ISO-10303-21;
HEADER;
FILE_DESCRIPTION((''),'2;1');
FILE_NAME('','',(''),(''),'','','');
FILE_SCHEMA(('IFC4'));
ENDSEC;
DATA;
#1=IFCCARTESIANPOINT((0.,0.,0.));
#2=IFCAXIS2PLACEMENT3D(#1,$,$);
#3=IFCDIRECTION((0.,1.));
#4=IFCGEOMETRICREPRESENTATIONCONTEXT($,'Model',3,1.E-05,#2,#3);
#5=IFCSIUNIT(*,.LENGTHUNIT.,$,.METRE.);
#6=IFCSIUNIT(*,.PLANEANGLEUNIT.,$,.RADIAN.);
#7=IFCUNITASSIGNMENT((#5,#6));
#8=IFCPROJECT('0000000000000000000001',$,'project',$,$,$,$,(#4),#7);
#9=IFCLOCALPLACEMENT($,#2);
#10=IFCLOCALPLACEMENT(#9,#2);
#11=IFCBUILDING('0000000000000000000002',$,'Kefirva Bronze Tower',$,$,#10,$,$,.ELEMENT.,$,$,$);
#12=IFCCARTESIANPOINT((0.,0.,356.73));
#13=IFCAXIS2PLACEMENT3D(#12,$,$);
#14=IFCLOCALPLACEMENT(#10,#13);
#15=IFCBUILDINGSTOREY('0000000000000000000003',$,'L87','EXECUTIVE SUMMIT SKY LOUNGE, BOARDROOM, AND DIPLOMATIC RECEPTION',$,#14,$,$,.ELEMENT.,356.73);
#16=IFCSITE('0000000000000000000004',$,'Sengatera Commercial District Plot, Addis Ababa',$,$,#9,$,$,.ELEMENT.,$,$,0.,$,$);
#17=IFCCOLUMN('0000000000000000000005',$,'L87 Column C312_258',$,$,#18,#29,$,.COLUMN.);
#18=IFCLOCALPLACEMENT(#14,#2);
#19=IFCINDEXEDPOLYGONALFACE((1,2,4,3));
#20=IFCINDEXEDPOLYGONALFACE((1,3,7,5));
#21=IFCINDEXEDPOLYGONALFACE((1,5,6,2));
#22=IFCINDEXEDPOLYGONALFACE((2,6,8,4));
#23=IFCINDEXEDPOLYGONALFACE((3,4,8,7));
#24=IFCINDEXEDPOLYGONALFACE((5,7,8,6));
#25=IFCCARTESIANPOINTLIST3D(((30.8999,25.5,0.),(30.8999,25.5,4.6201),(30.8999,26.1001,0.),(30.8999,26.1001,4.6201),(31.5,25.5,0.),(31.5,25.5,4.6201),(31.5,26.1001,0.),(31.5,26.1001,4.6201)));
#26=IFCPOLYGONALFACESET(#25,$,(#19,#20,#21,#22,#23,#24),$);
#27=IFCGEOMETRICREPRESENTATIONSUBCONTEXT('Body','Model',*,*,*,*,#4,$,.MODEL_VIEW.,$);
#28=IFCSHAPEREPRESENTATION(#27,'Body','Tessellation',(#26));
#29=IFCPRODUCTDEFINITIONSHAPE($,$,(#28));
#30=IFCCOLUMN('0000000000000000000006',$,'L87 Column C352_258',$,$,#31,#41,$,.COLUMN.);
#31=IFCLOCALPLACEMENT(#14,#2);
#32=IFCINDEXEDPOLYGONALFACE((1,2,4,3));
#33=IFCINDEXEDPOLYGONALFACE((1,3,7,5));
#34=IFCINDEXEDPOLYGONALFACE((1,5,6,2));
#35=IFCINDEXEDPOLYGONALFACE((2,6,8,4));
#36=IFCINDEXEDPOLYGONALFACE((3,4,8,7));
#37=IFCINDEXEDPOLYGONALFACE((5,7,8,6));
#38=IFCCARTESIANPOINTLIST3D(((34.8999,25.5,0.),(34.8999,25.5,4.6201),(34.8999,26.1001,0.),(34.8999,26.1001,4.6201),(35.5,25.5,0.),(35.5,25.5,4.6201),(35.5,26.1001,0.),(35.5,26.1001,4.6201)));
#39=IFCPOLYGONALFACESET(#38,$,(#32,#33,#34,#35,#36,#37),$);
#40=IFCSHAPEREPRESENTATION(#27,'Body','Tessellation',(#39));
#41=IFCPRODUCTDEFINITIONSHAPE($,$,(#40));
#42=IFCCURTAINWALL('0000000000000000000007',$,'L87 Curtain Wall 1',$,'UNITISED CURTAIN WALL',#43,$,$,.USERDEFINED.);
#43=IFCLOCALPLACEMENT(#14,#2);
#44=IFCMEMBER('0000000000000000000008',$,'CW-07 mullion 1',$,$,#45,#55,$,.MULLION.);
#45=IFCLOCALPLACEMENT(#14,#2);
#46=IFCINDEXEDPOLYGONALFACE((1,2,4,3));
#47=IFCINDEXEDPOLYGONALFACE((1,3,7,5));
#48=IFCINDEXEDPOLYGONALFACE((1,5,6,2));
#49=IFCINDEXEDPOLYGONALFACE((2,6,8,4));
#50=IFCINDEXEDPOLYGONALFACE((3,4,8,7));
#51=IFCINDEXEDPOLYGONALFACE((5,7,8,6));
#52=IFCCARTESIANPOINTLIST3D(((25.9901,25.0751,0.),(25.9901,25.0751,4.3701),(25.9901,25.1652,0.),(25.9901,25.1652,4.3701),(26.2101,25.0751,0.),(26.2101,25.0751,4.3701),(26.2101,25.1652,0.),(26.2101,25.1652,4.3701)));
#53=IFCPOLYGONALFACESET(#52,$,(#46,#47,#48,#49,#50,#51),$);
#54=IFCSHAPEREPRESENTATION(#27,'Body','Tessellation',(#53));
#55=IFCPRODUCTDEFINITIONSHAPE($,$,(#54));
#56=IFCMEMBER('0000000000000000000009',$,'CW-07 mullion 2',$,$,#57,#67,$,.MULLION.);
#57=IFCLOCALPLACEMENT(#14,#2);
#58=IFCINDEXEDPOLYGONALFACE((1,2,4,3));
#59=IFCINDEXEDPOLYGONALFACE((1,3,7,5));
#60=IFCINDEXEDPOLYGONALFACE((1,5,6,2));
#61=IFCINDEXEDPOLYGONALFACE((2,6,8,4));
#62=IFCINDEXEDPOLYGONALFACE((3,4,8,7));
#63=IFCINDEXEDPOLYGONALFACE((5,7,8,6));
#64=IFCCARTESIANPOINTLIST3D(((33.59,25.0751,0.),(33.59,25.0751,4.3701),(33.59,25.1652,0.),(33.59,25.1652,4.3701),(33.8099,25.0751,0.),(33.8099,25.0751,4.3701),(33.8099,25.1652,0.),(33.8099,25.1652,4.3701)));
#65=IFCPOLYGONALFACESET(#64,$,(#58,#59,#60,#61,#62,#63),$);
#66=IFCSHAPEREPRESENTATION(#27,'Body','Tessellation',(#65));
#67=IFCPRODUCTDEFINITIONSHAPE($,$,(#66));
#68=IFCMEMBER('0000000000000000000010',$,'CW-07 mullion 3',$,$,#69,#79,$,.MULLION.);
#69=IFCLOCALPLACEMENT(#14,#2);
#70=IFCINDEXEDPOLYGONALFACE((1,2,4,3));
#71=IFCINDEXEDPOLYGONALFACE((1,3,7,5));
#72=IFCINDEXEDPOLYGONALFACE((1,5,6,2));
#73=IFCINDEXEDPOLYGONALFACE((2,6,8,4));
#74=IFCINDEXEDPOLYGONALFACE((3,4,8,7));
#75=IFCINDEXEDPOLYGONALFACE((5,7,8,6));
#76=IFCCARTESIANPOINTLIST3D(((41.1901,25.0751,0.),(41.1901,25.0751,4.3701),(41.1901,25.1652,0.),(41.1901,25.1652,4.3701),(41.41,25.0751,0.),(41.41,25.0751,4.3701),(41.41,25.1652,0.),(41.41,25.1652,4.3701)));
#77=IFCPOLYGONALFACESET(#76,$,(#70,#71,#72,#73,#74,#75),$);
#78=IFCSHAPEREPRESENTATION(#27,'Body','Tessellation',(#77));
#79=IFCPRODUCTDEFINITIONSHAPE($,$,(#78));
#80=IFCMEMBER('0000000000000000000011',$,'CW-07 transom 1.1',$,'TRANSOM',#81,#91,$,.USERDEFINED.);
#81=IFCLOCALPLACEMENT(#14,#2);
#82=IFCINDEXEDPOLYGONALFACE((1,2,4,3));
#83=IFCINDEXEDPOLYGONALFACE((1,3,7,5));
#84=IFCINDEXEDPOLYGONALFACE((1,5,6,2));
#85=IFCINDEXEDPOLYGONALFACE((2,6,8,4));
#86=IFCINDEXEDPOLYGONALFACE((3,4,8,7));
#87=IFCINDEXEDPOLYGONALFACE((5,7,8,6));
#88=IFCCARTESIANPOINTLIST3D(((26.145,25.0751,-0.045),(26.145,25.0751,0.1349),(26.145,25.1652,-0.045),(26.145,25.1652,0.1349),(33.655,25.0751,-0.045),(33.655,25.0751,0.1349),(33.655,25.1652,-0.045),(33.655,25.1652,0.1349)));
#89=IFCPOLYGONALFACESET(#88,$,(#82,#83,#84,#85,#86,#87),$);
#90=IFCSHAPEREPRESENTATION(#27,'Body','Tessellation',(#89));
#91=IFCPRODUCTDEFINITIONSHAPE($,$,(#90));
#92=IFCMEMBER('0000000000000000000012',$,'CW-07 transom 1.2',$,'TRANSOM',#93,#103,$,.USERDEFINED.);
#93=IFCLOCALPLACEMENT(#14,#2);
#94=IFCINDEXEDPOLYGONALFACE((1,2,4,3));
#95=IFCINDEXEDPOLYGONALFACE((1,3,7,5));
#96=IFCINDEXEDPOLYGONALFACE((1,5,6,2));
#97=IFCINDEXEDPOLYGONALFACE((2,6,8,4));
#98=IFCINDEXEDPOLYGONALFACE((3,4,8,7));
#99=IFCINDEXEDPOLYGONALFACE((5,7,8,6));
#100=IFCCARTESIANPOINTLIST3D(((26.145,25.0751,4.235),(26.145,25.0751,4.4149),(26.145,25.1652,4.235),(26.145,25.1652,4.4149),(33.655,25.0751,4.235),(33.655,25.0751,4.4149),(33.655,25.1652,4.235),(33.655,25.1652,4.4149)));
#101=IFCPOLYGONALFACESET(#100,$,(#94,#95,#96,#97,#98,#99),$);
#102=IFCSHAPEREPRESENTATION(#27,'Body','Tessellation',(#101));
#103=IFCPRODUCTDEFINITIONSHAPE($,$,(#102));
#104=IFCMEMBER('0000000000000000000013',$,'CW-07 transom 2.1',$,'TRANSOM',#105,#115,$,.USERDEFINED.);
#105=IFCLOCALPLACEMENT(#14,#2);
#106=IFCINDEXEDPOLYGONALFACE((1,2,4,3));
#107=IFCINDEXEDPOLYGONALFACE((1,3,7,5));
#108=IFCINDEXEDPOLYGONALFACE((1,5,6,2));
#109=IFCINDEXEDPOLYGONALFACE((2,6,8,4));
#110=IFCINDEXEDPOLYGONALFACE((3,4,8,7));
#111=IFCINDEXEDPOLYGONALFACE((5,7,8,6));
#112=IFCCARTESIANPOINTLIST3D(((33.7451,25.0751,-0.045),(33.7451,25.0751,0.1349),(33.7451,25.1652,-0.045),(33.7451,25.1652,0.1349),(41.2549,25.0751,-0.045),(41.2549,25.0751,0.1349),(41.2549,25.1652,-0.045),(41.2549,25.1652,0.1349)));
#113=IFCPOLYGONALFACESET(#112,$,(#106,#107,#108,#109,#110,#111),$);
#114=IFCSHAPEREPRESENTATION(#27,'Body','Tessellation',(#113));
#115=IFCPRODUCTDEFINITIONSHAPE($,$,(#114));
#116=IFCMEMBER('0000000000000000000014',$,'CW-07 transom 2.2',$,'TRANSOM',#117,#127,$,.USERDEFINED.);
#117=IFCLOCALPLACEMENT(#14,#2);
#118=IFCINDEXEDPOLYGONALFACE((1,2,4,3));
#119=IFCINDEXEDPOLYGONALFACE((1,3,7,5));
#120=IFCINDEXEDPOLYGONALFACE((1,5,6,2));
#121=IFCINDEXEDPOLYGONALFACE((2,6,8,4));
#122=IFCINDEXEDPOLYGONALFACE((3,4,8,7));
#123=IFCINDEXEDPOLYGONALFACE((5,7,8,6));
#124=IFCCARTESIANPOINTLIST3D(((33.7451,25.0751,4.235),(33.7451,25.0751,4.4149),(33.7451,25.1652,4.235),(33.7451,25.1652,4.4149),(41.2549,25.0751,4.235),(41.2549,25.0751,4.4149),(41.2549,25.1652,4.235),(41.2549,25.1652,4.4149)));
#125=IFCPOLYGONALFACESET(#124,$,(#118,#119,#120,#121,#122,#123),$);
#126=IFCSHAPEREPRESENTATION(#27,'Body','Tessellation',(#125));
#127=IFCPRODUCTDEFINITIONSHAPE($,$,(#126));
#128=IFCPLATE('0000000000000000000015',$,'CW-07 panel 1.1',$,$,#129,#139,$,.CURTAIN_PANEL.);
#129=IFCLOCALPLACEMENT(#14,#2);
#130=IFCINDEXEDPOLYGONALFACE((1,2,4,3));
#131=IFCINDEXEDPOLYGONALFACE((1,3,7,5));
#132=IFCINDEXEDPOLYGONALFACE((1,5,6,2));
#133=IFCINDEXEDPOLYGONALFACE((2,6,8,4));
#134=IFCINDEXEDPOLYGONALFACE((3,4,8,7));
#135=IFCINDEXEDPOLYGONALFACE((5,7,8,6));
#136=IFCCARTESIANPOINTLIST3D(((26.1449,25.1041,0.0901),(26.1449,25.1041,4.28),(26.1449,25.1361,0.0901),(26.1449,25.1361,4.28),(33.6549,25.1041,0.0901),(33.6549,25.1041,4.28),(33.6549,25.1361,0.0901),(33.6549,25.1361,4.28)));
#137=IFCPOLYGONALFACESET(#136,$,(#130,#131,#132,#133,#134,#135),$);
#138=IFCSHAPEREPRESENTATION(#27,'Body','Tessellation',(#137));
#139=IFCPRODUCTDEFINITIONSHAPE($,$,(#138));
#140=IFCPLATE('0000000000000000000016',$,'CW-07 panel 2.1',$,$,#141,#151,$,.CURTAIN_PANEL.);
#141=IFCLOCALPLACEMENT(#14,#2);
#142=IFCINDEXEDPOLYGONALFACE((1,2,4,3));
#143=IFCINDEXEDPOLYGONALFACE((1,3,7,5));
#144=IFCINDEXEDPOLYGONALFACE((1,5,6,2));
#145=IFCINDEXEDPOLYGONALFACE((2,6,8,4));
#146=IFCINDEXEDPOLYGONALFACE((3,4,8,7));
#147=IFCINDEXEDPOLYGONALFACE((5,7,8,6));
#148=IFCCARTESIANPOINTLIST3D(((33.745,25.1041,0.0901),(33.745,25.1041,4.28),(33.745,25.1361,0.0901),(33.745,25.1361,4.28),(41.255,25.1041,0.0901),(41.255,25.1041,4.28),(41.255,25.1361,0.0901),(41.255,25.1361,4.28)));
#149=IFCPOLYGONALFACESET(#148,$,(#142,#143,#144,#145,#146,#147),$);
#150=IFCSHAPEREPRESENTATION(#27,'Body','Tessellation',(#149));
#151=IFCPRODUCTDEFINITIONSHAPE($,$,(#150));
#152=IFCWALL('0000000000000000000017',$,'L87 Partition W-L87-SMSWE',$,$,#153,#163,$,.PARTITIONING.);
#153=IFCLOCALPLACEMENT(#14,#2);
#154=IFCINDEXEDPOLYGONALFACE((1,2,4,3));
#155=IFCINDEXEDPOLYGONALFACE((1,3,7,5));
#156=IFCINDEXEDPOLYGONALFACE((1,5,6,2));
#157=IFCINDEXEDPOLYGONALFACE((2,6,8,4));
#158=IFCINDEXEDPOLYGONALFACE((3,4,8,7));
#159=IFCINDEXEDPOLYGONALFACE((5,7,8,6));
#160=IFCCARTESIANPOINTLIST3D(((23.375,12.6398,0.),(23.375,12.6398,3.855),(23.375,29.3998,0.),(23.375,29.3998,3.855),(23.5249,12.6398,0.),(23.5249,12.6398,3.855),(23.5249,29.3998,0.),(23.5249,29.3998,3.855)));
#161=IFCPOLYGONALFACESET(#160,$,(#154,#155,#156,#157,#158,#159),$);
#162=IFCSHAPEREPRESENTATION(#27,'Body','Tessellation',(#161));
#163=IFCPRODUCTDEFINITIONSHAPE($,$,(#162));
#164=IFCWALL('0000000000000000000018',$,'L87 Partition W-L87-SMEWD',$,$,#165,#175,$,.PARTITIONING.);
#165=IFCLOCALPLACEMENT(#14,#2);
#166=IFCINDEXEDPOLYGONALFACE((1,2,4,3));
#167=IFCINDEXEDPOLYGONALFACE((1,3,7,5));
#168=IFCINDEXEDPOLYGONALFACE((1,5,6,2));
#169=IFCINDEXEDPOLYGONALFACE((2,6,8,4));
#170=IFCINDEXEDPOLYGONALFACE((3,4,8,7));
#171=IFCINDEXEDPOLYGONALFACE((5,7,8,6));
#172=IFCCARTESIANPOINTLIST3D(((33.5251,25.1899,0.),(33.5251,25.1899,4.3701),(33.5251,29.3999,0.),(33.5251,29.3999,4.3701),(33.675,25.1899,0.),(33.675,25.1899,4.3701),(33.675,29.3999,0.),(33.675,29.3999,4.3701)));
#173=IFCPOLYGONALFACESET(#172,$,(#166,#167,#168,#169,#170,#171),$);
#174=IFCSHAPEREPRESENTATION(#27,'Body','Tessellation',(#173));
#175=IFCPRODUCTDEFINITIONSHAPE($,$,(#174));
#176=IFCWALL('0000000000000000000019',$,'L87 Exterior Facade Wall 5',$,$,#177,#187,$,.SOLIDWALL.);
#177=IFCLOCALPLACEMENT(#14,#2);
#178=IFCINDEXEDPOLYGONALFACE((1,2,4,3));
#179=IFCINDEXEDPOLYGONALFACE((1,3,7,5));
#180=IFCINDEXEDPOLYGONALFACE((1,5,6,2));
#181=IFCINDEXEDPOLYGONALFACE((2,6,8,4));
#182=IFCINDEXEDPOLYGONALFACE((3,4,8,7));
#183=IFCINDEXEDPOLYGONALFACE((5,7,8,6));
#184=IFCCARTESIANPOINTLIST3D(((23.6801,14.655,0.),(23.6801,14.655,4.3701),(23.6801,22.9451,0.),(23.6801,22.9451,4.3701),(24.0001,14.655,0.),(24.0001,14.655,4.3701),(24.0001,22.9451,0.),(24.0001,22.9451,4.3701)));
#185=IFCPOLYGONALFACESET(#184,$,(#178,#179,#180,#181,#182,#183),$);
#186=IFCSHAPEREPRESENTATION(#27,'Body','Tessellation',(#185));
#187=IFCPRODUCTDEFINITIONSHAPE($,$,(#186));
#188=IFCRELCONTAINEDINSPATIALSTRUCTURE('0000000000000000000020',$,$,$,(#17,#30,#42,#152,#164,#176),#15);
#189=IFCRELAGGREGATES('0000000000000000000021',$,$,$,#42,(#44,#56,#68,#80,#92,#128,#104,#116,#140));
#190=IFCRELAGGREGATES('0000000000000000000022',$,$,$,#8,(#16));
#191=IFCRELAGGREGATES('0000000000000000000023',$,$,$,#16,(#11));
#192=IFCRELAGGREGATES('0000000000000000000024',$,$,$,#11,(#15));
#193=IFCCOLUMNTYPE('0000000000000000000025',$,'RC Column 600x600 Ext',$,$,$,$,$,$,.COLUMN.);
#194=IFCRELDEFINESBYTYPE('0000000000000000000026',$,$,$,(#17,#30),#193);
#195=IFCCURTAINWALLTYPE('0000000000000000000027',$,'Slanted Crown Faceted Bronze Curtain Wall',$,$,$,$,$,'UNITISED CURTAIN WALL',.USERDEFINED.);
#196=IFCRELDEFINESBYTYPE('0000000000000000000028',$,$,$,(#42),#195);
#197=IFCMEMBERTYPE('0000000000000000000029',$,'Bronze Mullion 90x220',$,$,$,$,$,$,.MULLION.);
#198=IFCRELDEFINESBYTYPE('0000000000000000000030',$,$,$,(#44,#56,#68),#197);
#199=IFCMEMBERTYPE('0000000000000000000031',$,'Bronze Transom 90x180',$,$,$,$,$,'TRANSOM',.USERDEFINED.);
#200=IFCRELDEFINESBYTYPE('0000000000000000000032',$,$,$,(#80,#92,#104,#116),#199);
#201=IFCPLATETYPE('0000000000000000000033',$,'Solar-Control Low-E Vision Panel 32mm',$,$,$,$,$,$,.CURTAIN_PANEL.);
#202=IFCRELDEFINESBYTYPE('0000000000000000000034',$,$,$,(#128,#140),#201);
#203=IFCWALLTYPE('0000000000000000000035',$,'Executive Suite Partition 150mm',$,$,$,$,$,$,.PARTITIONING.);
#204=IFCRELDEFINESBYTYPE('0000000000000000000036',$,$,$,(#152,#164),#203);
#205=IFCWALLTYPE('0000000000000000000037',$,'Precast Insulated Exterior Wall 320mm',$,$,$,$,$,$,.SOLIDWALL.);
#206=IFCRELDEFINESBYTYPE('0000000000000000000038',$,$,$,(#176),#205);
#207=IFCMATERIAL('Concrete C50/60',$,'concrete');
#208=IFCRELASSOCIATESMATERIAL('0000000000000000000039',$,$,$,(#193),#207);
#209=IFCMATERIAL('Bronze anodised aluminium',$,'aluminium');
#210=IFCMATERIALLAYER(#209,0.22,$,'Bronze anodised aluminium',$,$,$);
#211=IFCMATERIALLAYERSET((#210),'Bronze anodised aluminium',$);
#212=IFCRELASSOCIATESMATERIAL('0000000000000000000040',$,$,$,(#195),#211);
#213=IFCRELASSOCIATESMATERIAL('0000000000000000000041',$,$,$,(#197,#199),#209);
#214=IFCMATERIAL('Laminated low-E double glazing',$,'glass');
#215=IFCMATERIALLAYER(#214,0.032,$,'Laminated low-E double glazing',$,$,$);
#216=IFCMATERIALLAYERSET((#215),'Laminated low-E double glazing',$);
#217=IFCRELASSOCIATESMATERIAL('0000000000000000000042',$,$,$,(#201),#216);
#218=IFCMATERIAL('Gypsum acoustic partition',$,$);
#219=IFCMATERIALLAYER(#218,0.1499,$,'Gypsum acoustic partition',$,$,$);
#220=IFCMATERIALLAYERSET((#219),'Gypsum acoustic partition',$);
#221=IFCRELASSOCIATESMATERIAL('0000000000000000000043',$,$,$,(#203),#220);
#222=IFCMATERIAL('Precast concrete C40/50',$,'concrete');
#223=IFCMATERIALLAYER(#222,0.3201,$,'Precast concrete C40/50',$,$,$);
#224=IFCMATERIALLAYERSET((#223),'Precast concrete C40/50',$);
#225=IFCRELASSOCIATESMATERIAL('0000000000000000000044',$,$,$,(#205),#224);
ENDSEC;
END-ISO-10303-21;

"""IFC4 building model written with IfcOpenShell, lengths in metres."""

from ifc_helpers import new_model, si_unit, direction, frame, frame_2d, origin, origin_2d, place, context, subcontext, project, spatial, rectangle, extrude, material, layer, layer_set, material_profile, profile_set, type_object, element, aggregate, save


model = new_model("IFC4")

# Units and contexts
model_context = context("Model", 3, precision=1e-05, world=origin(), true_north=direction((0.0, 1.0)))
body_context = subcontext(model_context, "Body", "Model", "MODEL_VIEW")
ifc_project = project(units=[si_unit("LENGTHUNIT", "METRE"), si_unit("PLANEANGLEUNIT", "RADIAN")], contexts=[model_context])

# Site, building, storey
site_placement = place(None, origin())
site = spatial("IfcSite", under=ifc_project, at=site_placement, Name="Sengatera Commercial District Plot, Addis Ababa", CompositionType="ELEMENT", RefElevation=0.0)
building_placement = place(site_placement, origin())
building = spatial("IfcBuilding", under=site, at=building_placement, Name="Kefirva Bronze Tower", CompositionType="ELEMENT")
storey_placement = place(building_placement, frame((0.0, 0.0, 356.73)))
storey = spatial("IfcBuildingStorey", under=building, at=storey_placement, Name="L87", Description="EXECUTIVE SUMMIT SKY LOUNGE, BOARDROOM, AND DIPLOMATIC RECEPTION", CompositionType="ELEMENT", Elevation=356.73)

# Columns
ifc_material_1 = material(Name="Concrete C50/60", Category="concrete")
ifc_material_profile_1 = material_profile(ifc_material_1, rectangle(XDim=0.6001, YDim=0.6001, at=origin_2d()), Name="RC 600x600")
ifc_profile_set_1 = profile_set([ifc_material_profile_1], Name="Concrete C50/60")
column_type = type_object("IfcColumnType", Name="RC Column 600x600 Ext", PredefinedType="COLUMN", material=ifc_profile_set_1)
for number, where, z_axis, x_axis, name in (
    (1, (31.2, 25.8, 0.0), (0.0, 0.0, 1.0), (1.0, 0.0, 0.0), "L87 Column C312_258"),
    (2, (35.2, 25.8, 0.0), (0.0, 0.0, 1.0), (1.0, 0.0, 0.0), "L87 Column C352_258"),
):
    element("IfcColumn", number, at=place(storey_placement, frame(where, z_axis=z_axis, x_axis=x_axis)), inside=storey, type_object=column_type, Name=name, PredefinedType="COLUMN", context=body_context, shape_type="SweptSolid", body=[
        extrude(rectangle(XDim=0.6001, YDim=0.6001, at=origin_2d()), origin(), (0.0, 0.0, 1.0), 4.6201),
    ])

# Curtain wall, members, plates
ifc_material_2 = material(Name="Bronze anodised aluminium", Category="aluminium")
ifc_layer_1 = layer(ifc_material_2, 0.22, Name="Bronze anodised aluminium")
ifc_layer_set_1 = layer_set([ifc_layer_1], Name="Bronze anodised aluminium")
curtain_wall_type = type_object("IfcCurtainWallType", Name="Slanted Crown Faceted Bronze Curtain Wall", ElementType="UNITISED CURTAIN WALL", PredefinedType="USERDEFINED", material=ifc_layer_set_1)
curtain_wall_placement = place(storey_placement, origin())
curtain_wall = element("IfcCurtainWall", 3, at=curtain_wall_placement, inside=storey, type_object=curtain_wall_type, Name="L87 Curtain Wall 1", ObjectType="UNITISED CURTAIN WALL", PredefinedType="USERDEFINED")
ifc_material_profile_2 = material_profile(ifc_material_2, rectangle(XDim=0.0901, YDim=0.22, at=origin_2d()), Name="ALU 90x220")
ifc_profile_set_2 = profile_set([ifc_material_profile_2], Name="Bronze anodised aluminium")
member_type_1 = type_object("IfcMemberType", Name="Bronze Mullion 90x220", PredefinedType="MULLION", material=ifc_profile_set_2)
member_1_placement = place(storey_placement, frame((26.1001, 25.1201, 0.0), z_axis=(0.0, 0.0, 1.0), x_axis=(0.0, 1.0, 0.0)))
member_1 = element("IfcMember", 4, at=member_1_placement, type_object=member_type_1, Name="CW-07 mullion 1", PredefinedType="MULLION", context=body_context, shape_type="SweptSolid", body=[
    extrude(rectangle(XDim=0.0901, YDim=0.22, at=origin_2d()), origin(), (0.0, 0.0, 1.0), 4.3701),
])
member_2_placement = place(storey_placement, frame((33.7, 25.1201, 0.0), z_axis=(0.0, 0.0, 1.0), x_axis=(0.0, 1.0, 0.0)))
member_2 = element("IfcMember", 5, at=member_2_placement, type_object=member_type_1, Name="CW-07 mullion 2", PredefinedType="MULLION", context=body_context, shape_type="SweptSolid", body=[
    extrude(rectangle(XDim=0.0901, YDim=0.22, at=origin_2d()), origin(), (0.0, 0.0, 1.0), 4.3701),
])
member_3_placement = place(storey_placement, frame((41.3, 25.1201, 0.0), z_axis=(0.0, 0.0, 1.0), x_axis=(0.0, 1.0, 0.0)))
member_3 = element("IfcMember", 6, at=member_3_placement, type_object=member_type_1, Name="CW-07 mullion 3", PredefinedType="MULLION", context=body_context, shape_type="SweptSolid", body=[
    extrude(rectangle(XDim=0.0901, YDim=0.22, at=origin_2d()), origin(), (0.0, 0.0, 1.0), 4.3701),
])
ifc_material_profile_3 = material_profile(ifc_material_2, rectangle(XDim=0.0901, YDim=0.1799, at=origin_2d()), Name="ALU 90x180")
ifc_profile_set_3 = profile_set([ifc_material_profile_3], Name="Bronze anodised aluminium")
member_type_2 = type_object("IfcMemberType", Name="Bronze Transom 90x180", ElementType="TRANSOM", PredefinedType="USERDEFINED", material=ifc_profile_set_3)
member_4_placement = place(storey_placement, frame((26.145, 25.1201, 0.0449), z_axis=(1.0, 0.0, 0.0), x_axis=(0.0, 1.0, 0.0)))
member_4 = element("IfcMember", 7, at=member_4_placement, type_object=member_type_2, Name="CW-07 transom 1.1", ObjectType="TRANSOM", PredefinedType="USERDEFINED", context=body_context, shape_type="SweptSolid", body=[
    extrude(rectangle(XDim=0.0901, YDim=0.1799, at=origin_2d()), origin(), (0.0, 0.0, 1.0), 7.51),
])
member_5_placement = place(storey_placement, frame((26.145, 25.1201, 4.325), z_axis=(1.0, 0.0, 0.0), x_axis=(0.0, 1.0, 0.0)))
member_5 = element("IfcMember", 8, at=member_5_placement, type_object=member_type_2, Name="CW-07 transom 1.2", ObjectType="TRANSOM", PredefinedType="USERDEFINED", context=body_context, shape_type="SweptSolid", body=[
    extrude(rectangle(XDim=0.0901, YDim=0.1799, at=origin_2d()), origin(), (0.0, 0.0, 1.0), 7.51),
])
member_6_placement = place(storey_placement, frame((33.7451, 25.1201, 0.0449), z_axis=(1.0, 0.0, 0.0), x_axis=(0.0, 1.0, 0.0)))
member_6 = element("IfcMember", 9, at=member_6_placement, type_object=member_type_2, Name="CW-07 transom 2.1", ObjectType="TRANSOM", PredefinedType="USERDEFINED", context=body_context, shape_type="SweptSolid", body=[
    extrude(rectangle(XDim=0.0901, YDim=0.1799, at=origin_2d()), origin(), (0.0, 0.0, 1.0), 7.5098),
])
member_7_placement = place(storey_placement, frame((33.7451, 25.1201, 4.325), z_axis=(1.0, 0.0, 0.0), x_axis=(0.0, 1.0, 0.0)))
member_7 = element("IfcMember", 10, at=member_7_placement, type_object=member_type_2, Name="CW-07 transom 2.2", ObjectType="TRANSOM", PredefinedType="USERDEFINED", context=body_context, shape_type="SweptSolid", body=[
    extrude(rectangle(XDim=0.0901, YDim=0.1799, at=origin_2d()), origin(), (0.0, 0.0, 1.0), 7.5098),
])
ifc_material_3 = material(Name="Laminated low-E double glazing", Category="glass")
ifc_layer_2 = layer(ifc_material_3, 0.032, Name="Laminated low-E double glazing")
ifc_layer_set_2 = layer_set([ifc_layer_2], Name="Laminated low-E double glazing")
plate_type = type_object("IfcPlateType", Name="Solar-Control Low-E Vision Panel 32mm", PredefinedType="CURTAIN_PANEL", material=ifc_layer_set_2)
plate_1_placement = place(storey_placement, frame((29.8999, 25.1201, 0.0901), z_axis=(0.0, 0.0, 1.0), x_axis=(1.0, 0.0, 0.0)))
plate_1 = element("IfcPlate", 11, at=plate_1_placement, type_object=plate_type, Name="CW-07 panel 1.1", PredefinedType="CURTAIN_PANEL", context=body_context, shape_type="SweptSolid", body=[
    extrude(rectangle(XDim=7.51, YDim=0.032, at=origin_2d()), origin(), (0.0, 0.0, 1.0), 4.1899),
])
plate_2_placement = place(storey_placement, frame((37.5, 25.1201, 0.0901), z_axis=(0.0, 0.0, 1.0), x_axis=(1.0, 0.0, 0.0)))
plate_2 = element("IfcPlate", 12, at=plate_2_placement, type_object=plate_type, Name="CW-07 panel 2.1", PredefinedType="CURTAIN_PANEL", context=body_context, shape_type="SweptSolid", body=[
    extrude(rectangle(XDim=7.51, YDim=0.032, at=origin_2d()), origin(), (0.0, 0.0, 1.0), 4.1899),
])
aggregate(curtain_wall, [member_1, member_2, member_3, member_4, member_5, plate_1, member_6, member_7, plate_2])

# Walls
ifc_material_4 = material(Name="Gypsum acoustic partition")
ifc_layer_3 = layer(ifc_material_4, 0.1499, Name="Gypsum acoustic partition")
ifc_layer_set_3 = layer_set([ifc_layer_3], Name="Gypsum acoustic partition")
wall_type_1 = type_object("IfcWallType", Name="Executive Suite Partition 150mm", PredefinedType="PARTITIONING", material=ifc_layer_set_3)
wall_1_placement = place(storey_placement, frame((23.45, 12.6399, 0.0), z_axis=(0.0, 0.0, 1.0), x_axis=(0.0, 1.0, 0.0)))
element("IfcWall", 13, at=wall_1_placement, inside=storey, type_object=wall_type_1, Name="L87 Partition W-L87-SMSWE", PredefinedType="PARTITIONING", context=body_context, shape_type="SweptSolid", body=[
    extrude(rectangle(XDim=16.76, YDim=0.1499, at=frame_2d((8.3799, 0.0))), origin(), (0.0, 0.0, 1.0), 3.855),
])
wall_2_placement = place(storey_placement, frame((33.6001, 25.1899, 0.0), z_axis=(0.0, 0.0, 1.0), x_axis=(0.0, 1.0, 0.0)))
element("IfcWall", 14, at=wall_2_placement, inside=storey, type_object=wall_type_1, Name="L87 Partition W-L87-SMEWD", PredefinedType="PARTITIONING", context=body_context, shape_type="SweptSolid", body=[
    extrude(rectangle(XDim=4.21, YDim=0.1499, at=frame_2d((2.105, 0.0))), origin(), (0.0, 0.0, 1.0), 4.3701),
])
ifc_material_5 = material(Name="Precast concrete C40/50", Category="concrete")
ifc_layer_4 = layer(ifc_material_5, 0.3201, Name="Precast concrete C40/50")
ifc_layer_set_4 = layer_set([ifc_layer_4], Name="Precast concrete C40/50")
wall_type_2 = type_object("IfcWallType", Name="Precast Insulated Exterior Wall 320mm", PredefinedType="SOLIDWALL", material=ifc_layer_set_4)
wall_3_placement = place(storey_placement, frame((23.8401, 14.655, 0.0), z_axis=(0.0, 0.0, 1.0), x_axis=(0.0, 1.0, 0.0)))
element("IfcWall", 15, at=wall_3_placement, inside=storey, type_object=wall_type_2, Name="L87 Exterior Facade Wall 5", PredefinedType="SOLIDWALL", context=body_context, shape_type="SweptSolid", body=[
    extrude(rectangle(XDim=8.29, YDim=0.3201, at=frame_2d((4.145, 0.0))), origin(), (0.0, 0.0, 1.0), 4.3701),
])

save(model, "model.ifc")
